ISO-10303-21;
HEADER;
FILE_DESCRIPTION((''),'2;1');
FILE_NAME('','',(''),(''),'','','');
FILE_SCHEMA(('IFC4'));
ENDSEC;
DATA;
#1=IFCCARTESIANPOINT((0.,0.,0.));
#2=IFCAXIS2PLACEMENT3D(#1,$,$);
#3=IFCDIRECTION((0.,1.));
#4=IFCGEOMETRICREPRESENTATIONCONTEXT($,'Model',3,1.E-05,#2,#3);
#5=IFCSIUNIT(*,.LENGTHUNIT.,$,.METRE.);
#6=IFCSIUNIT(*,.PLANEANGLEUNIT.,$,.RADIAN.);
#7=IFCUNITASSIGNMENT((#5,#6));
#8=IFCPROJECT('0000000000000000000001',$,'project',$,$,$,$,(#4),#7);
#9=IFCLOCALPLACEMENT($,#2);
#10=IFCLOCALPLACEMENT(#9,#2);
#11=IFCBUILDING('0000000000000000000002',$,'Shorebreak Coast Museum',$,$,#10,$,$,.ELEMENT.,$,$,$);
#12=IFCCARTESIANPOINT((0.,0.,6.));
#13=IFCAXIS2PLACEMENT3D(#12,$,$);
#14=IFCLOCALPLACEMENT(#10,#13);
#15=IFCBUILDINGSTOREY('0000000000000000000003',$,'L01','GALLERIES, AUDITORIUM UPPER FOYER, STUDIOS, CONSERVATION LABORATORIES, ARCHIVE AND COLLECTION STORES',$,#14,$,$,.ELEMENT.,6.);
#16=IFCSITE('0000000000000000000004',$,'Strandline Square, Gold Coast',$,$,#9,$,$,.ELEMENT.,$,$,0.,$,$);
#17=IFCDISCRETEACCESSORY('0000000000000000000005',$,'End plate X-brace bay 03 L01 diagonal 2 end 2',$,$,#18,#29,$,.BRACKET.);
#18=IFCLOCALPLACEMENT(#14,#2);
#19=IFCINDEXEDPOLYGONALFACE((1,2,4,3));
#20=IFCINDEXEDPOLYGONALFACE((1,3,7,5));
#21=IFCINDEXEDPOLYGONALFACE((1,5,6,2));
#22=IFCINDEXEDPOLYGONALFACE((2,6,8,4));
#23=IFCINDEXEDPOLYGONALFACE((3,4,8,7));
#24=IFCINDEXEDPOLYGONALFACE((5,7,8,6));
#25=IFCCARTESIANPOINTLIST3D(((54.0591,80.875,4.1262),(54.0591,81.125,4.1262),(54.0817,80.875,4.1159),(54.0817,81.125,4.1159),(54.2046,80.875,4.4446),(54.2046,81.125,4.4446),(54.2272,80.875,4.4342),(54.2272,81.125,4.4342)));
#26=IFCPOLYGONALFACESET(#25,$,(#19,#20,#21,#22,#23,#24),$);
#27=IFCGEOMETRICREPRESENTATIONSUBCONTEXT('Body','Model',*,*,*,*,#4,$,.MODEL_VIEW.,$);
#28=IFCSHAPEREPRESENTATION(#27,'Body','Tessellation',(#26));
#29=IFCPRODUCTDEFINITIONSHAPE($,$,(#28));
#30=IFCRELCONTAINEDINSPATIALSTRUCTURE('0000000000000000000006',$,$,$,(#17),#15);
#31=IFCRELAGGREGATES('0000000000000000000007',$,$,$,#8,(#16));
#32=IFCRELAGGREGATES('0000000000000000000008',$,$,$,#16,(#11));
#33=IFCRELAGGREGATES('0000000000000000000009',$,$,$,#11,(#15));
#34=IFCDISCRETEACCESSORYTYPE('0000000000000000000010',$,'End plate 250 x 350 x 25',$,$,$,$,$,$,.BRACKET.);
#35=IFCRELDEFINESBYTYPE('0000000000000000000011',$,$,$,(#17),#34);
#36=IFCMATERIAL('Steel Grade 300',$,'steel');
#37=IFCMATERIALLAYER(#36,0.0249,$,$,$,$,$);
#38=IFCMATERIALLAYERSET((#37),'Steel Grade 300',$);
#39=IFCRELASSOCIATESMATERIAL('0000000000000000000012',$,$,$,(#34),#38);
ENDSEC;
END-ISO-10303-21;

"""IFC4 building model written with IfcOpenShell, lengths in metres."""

from ifc_helpers import new_model, si_unit, direction, frame, origin, place, context, subcontext, project, spatial, polyline, outline, extrude, material, layer, layer_set, type_object, element, save


model = new_model("IFC4")

# Units and contexts
model_context = context("Model", 3, precision=1e-05, world=origin(), true_north=direction((0.0, 1.0)))
body_context = subcontext(model_context, "Body", "Model", "MODEL_VIEW")
ifc_project = project(units=[si_unit("LENGTHUNIT", "METRE"), si_unit("PLANEANGLEUNIT", "RADIAN")], contexts=[model_context])

# Site, building, storey
site_placement = place(None, origin())
site = spatial("IfcSite", under=ifc_project, at=site_placement, Name="Strandline Square, Gold Coast", CompositionType="ELEMENT", RefElevation=0.0)
building_placement = place(site_placement, origin())
building = spatial("IfcBuilding", under=site, at=building_placement, Name="Shorebreak Coast Museum", CompositionType="ELEMENT")
storey_placement = place(building_placement, frame((0.0, 0.0, 6.0)))
storey = spatial("IfcBuildingStorey", under=building, at=storey_placement, Name="L01", Description="GALLERIES, AUDITORIUM UPPER FOYER, STUDIOS, CONSERVATION LABORATORIES, ARCHIVE AND COLLECTION STORES", CompositionType="ELEMENT", Elevation=6.0)

# Discrete accessory
ifc_material_1 = material(Name="Steel Grade 300", Category="steel")
ifc_layer_1 = layer(ifc_material_1, 0.0249)
ifc_layer_set_1 = layer_set([ifc_layer_1], Name="Steel Grade 300")
discrete_accessory_type = type_object("IfcDiscreteAccessoryType", Name="End plate 250 x 350 x 25", PredefinedType="BRACKET", material=ifc_layer_set_1)
discrete_accessory_placement = place(storey_placement, frame((54.0591, 81.125, 4.1262), z_axis=(-0.909505, 0.0, 0.415694), x_axis=(0.0, -1.0, 0.0)))
element("IfcDiscreteAccessory", 1, at=discrete_accessory_placement, inside=storey, type_object=discrete_accessory_type, Name="End plate X-brace bay 03 L01 diagonal 2 end 2", PredefinedType="BRACKET", context=body_context, shape_type="SweptSolid", body=[
    extrude(outline(polyline([(0.0, 0.0), (0.25, 0.0), (0.25, 0.35), (0.0, 0.35), (0.0, 0.0)])), origin(), (0.0, 0.0, -1.0), 0.0249),
])

save(model, "model.ifc")
